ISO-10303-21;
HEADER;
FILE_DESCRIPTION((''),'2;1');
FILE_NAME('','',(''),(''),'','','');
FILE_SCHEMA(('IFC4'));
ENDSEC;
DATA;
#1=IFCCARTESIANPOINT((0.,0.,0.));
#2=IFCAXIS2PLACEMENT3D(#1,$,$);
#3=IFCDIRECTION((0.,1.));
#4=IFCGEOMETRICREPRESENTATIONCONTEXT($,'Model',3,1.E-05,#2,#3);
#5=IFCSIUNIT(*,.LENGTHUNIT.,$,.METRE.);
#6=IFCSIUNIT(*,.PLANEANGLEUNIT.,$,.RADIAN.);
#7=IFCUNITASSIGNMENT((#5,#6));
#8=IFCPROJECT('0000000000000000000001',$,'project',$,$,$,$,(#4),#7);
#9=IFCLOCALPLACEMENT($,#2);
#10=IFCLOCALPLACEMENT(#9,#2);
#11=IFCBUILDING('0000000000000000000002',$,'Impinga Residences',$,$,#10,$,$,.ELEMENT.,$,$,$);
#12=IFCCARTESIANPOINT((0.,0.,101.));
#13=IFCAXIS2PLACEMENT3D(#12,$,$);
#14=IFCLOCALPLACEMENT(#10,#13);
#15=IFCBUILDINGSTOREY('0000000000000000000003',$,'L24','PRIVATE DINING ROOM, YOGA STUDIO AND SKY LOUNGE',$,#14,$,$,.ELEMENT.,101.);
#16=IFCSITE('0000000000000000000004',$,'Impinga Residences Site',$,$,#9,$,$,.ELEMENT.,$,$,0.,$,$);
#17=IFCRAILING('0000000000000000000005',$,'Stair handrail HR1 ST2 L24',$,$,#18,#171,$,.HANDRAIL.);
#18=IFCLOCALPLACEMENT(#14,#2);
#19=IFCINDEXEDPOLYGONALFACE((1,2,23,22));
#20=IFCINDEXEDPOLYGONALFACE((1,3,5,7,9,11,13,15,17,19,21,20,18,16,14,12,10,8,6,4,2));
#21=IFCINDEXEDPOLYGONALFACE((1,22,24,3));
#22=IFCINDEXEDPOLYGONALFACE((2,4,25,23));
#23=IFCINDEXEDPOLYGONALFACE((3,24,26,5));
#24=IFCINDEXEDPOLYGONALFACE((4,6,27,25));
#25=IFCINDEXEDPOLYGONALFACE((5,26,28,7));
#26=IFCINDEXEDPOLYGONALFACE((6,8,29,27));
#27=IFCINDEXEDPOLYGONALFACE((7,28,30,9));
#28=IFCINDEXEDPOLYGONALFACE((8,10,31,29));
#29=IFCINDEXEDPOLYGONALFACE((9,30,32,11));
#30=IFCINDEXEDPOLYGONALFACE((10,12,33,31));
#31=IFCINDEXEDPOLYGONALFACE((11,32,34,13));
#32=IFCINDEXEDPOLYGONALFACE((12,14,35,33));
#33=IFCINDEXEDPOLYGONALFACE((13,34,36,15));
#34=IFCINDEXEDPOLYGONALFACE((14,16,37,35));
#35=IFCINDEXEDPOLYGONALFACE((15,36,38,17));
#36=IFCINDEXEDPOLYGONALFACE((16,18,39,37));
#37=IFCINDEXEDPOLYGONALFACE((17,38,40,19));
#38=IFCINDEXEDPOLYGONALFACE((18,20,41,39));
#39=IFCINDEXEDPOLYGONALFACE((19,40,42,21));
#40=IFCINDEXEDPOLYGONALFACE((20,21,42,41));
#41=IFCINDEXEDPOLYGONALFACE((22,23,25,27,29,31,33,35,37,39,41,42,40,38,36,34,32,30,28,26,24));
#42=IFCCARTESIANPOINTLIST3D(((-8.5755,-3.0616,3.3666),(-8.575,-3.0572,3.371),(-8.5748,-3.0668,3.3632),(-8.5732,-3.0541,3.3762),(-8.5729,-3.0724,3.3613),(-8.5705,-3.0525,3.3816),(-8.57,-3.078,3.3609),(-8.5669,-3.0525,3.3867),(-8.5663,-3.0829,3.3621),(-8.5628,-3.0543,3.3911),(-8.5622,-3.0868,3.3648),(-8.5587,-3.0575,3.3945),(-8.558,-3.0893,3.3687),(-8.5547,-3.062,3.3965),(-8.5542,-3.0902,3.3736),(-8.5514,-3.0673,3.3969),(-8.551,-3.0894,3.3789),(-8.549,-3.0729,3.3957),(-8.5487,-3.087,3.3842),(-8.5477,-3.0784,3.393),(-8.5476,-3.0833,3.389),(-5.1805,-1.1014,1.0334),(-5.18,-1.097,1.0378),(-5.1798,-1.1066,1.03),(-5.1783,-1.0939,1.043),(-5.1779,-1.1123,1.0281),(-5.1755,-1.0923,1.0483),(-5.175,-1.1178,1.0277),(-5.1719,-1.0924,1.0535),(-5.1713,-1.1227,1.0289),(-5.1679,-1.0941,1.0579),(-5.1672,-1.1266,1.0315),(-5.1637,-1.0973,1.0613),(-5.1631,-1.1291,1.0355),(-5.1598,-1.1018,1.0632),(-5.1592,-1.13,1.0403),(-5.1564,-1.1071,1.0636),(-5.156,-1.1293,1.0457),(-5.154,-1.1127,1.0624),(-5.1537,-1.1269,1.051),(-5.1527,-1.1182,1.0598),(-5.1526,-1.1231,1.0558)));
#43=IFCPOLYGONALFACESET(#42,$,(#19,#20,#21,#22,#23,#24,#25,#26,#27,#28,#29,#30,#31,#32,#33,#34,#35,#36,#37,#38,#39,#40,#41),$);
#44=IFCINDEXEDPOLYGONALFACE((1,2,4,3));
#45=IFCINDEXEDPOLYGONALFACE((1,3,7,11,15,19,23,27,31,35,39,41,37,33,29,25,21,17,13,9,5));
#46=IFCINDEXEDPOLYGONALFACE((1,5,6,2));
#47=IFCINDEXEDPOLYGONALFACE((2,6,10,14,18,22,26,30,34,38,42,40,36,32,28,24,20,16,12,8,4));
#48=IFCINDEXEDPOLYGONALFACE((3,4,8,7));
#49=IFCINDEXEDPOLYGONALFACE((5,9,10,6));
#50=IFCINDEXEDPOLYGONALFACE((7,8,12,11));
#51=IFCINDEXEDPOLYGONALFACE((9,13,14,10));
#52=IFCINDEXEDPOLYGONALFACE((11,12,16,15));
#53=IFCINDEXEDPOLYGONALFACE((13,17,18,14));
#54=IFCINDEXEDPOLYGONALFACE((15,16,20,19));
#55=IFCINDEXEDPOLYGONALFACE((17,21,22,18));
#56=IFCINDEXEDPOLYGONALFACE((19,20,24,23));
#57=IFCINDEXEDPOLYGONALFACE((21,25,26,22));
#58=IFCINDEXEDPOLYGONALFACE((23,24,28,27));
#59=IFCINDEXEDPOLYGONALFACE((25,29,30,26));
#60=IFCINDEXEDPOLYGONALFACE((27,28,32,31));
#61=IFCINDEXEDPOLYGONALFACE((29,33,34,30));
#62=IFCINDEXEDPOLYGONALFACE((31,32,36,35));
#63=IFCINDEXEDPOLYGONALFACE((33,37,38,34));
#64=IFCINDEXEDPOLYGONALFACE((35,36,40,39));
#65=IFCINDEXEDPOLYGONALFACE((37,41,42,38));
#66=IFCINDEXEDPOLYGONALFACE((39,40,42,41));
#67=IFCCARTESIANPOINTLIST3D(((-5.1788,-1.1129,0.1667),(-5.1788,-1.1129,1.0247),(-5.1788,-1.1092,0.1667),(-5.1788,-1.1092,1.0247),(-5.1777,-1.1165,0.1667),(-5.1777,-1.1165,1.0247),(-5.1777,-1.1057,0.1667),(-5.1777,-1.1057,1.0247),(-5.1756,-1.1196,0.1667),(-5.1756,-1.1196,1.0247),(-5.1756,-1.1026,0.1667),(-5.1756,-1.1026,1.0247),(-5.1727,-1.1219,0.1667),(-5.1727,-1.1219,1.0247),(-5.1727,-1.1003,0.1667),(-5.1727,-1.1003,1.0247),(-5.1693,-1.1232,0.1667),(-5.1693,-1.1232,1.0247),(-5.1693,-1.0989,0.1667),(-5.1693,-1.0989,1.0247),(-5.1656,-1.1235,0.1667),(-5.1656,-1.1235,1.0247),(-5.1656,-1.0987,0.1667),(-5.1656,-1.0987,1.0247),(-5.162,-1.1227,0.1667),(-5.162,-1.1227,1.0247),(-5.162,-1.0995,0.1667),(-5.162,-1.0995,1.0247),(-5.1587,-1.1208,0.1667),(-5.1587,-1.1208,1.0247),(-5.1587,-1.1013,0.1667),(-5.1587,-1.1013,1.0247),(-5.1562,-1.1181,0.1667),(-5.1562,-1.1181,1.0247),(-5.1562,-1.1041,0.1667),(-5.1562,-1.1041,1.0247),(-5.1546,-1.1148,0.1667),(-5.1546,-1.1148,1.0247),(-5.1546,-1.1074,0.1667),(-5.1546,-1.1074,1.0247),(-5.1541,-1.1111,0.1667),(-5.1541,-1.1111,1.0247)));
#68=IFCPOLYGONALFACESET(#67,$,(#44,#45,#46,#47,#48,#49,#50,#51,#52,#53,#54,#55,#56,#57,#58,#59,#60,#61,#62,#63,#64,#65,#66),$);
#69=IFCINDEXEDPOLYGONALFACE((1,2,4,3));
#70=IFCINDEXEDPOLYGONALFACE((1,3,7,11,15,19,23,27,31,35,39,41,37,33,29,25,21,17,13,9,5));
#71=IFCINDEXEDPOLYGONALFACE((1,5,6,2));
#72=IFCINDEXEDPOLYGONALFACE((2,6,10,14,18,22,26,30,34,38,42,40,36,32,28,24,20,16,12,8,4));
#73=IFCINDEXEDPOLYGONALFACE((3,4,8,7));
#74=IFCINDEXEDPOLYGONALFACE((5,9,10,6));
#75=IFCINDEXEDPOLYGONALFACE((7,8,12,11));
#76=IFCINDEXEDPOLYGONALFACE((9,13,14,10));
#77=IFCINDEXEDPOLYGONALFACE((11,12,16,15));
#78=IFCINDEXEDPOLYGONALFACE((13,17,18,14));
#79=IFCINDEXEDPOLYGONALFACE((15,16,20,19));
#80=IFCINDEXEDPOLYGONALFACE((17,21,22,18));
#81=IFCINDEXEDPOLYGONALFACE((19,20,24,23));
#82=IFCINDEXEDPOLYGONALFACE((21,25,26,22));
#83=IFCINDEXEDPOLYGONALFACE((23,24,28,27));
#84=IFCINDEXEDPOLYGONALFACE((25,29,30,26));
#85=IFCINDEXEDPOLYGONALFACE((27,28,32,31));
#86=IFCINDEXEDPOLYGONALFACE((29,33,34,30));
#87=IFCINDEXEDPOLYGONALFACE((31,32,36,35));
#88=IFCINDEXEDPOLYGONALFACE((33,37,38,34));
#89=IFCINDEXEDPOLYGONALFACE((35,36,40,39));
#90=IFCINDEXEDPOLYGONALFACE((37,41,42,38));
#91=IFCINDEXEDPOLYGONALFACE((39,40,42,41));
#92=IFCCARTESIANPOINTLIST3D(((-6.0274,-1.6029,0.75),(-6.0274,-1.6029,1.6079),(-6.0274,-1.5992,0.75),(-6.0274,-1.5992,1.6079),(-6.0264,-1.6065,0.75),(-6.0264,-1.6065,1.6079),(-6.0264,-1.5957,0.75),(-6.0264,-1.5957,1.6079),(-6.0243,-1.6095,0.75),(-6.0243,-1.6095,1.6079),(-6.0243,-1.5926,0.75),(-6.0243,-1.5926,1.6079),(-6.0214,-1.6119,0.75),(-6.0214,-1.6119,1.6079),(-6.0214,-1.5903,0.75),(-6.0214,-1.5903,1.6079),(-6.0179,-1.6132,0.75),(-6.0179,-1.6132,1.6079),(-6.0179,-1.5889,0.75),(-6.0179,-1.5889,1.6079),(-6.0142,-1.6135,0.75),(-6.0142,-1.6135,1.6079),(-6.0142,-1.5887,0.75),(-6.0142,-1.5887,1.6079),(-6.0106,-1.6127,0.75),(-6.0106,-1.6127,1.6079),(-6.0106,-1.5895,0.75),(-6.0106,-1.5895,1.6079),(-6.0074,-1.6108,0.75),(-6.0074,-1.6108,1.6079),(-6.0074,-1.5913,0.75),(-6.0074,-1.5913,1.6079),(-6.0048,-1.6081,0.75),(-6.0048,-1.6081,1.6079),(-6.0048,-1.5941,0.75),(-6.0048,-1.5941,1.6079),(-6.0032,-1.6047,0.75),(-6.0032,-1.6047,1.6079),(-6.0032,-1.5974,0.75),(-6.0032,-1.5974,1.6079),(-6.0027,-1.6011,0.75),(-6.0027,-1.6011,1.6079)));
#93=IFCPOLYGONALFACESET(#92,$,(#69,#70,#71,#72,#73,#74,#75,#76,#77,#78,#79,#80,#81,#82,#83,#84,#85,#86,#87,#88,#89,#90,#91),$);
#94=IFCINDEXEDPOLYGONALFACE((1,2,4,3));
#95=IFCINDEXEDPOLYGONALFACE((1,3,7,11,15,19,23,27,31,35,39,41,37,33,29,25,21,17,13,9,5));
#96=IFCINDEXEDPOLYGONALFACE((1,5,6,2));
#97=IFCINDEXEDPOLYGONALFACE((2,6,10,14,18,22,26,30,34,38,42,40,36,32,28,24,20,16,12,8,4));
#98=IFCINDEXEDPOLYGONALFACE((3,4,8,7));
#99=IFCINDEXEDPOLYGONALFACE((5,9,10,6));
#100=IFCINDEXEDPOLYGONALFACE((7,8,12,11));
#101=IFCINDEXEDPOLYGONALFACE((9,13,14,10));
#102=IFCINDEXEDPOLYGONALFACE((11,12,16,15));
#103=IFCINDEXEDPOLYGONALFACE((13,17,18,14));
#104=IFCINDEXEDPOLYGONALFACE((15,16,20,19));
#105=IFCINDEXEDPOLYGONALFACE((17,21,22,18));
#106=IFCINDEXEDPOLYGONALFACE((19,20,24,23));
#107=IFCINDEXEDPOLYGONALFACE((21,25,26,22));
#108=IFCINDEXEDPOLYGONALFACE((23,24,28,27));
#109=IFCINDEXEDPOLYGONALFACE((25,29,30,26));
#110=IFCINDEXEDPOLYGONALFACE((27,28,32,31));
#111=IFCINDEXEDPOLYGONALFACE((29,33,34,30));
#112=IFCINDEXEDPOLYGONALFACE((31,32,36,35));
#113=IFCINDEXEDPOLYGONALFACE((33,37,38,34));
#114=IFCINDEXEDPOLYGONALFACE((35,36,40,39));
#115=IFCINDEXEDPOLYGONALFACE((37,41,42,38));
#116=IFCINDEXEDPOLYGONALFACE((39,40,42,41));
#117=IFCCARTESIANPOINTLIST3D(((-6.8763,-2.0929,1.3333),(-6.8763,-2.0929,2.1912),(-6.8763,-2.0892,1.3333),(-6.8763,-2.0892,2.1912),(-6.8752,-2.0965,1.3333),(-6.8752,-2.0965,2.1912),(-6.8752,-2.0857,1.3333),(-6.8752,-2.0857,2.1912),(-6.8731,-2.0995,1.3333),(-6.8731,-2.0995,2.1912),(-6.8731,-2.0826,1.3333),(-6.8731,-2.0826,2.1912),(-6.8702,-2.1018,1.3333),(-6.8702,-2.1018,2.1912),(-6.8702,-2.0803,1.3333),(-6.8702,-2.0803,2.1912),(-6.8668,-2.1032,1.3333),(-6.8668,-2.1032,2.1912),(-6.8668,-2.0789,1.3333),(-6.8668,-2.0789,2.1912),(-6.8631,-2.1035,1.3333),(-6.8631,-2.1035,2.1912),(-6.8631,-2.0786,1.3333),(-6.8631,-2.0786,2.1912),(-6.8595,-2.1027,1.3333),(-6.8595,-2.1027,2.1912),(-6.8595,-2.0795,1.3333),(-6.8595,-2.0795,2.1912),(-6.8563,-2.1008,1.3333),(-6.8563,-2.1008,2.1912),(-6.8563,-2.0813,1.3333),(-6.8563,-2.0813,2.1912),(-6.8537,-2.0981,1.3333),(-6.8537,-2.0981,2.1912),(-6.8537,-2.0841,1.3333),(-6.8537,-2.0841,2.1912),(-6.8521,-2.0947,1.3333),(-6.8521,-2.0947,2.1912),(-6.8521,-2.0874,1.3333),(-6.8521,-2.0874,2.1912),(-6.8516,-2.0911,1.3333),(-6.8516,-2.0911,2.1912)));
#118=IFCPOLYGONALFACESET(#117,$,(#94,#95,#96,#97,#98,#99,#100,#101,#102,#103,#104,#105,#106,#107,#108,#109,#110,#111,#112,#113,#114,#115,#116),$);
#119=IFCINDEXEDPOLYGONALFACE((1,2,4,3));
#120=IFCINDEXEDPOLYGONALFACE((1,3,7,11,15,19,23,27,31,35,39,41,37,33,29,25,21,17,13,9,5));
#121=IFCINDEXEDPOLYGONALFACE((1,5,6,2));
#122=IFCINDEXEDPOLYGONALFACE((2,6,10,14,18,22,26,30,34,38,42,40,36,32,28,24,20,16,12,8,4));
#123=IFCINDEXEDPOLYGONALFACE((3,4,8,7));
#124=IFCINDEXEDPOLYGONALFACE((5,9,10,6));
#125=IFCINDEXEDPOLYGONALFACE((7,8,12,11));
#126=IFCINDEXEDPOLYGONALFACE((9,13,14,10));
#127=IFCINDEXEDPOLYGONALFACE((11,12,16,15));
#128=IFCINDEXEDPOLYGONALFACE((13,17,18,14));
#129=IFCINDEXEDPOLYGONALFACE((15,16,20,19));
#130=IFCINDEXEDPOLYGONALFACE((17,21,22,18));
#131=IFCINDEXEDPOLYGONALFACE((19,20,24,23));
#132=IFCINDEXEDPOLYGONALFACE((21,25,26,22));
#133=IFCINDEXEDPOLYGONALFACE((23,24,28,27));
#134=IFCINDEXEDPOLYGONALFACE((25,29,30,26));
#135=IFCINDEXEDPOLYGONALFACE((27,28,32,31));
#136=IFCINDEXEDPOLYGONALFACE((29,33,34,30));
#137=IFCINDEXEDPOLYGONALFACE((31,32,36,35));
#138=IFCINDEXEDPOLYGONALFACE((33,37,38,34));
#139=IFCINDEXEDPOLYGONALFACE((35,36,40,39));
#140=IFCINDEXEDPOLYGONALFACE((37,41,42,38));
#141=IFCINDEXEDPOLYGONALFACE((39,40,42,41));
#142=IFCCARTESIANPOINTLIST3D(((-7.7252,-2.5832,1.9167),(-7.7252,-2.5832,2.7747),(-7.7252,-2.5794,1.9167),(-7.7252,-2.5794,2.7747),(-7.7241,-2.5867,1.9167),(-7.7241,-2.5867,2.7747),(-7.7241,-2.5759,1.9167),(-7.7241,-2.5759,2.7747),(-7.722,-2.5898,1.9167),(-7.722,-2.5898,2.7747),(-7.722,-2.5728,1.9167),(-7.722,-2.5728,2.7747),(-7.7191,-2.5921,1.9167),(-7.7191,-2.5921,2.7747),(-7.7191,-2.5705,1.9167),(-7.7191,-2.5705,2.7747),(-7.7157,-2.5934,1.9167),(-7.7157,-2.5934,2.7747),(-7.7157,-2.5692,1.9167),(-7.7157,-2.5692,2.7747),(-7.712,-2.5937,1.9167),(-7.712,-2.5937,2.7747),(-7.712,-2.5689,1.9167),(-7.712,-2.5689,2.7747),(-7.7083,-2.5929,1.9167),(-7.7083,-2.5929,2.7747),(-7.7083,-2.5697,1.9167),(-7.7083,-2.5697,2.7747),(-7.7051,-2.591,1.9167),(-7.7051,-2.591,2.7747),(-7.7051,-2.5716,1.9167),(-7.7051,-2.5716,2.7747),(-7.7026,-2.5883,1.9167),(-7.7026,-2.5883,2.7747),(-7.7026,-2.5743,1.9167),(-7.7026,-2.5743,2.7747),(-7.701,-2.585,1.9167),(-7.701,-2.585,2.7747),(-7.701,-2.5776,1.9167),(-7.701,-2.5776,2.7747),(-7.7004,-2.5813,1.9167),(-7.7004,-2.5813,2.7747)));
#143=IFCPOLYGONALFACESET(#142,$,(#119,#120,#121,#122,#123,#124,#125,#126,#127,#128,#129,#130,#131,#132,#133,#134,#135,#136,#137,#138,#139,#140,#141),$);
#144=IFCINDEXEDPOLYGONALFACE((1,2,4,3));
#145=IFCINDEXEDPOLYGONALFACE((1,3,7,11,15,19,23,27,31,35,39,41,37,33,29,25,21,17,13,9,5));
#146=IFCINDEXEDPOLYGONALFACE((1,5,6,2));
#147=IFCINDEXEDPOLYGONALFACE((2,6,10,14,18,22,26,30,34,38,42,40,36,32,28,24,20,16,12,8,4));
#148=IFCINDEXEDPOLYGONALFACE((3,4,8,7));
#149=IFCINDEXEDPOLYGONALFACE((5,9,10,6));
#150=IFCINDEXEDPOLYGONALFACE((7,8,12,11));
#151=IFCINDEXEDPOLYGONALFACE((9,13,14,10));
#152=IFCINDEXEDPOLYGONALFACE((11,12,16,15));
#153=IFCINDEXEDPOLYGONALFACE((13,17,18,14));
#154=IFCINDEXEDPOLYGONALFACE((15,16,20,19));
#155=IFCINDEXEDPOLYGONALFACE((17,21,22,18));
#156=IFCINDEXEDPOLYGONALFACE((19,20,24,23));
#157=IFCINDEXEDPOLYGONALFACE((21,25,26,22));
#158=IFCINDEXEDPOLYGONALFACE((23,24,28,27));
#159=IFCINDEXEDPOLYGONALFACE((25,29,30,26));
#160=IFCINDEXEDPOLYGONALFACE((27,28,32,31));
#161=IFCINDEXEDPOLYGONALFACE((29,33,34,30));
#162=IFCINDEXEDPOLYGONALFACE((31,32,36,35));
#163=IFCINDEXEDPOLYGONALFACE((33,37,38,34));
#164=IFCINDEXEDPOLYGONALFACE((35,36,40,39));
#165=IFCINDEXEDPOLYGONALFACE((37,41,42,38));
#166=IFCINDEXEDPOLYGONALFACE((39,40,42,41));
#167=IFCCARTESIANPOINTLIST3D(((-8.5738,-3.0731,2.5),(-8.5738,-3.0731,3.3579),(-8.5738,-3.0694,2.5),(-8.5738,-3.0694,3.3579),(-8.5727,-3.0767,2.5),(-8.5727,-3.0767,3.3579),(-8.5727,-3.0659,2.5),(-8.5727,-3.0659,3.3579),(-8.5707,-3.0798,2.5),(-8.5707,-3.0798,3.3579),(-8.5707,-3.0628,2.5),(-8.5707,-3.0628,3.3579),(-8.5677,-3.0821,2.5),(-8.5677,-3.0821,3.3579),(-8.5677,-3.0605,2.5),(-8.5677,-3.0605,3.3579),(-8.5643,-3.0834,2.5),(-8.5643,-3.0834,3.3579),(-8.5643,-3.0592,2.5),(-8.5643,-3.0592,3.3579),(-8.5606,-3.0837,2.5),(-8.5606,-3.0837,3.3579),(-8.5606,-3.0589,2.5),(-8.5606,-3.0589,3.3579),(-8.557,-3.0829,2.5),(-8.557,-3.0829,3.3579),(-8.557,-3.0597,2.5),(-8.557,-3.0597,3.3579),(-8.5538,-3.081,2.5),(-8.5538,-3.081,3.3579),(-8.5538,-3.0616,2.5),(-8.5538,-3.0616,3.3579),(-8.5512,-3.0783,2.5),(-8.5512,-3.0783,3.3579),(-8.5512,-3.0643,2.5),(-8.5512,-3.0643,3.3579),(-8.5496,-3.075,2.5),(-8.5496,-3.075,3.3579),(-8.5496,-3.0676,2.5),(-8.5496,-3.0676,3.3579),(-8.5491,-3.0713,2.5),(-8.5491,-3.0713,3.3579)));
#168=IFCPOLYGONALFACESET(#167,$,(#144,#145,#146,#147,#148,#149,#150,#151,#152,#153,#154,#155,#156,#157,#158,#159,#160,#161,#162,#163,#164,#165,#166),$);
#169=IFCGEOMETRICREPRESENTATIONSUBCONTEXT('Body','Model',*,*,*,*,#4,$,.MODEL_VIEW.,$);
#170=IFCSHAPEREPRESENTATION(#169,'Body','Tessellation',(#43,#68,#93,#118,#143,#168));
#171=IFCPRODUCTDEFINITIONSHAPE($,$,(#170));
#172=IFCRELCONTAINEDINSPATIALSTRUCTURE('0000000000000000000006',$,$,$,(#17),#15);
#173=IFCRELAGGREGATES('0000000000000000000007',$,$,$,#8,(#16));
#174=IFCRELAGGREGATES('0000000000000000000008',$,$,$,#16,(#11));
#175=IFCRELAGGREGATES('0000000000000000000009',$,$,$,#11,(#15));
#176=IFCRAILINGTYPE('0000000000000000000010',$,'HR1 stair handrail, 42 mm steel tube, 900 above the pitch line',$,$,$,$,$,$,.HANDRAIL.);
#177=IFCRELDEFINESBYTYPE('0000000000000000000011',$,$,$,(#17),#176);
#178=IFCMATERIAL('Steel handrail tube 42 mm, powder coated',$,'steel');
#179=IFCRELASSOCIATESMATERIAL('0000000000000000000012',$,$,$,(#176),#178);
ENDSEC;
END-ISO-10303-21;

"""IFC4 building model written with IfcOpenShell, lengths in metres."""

from ifc_helpers import new_model, si_unit, direction, frame, origin, origin_2d, place, context, subcontext, project, spatial, circle, extrude, material, type_object, element, save


model = new_model("IFC4")

# Units and contexts
model_context = context("Model", 3, precision=1e-05, world=origin(), true_north=direction((0.0, 1.0)))
body_context = subcontext(model_context, "Body", "Model", "MODEL_VIEW")
ifc_project = project(units=[si_unit("LENGTHUNIT", "METRE"), si_unit("PLANEANGLEUNIT", "RADIAN")], contexts=[model_context])

# Site, building, storey
site_placement = place(None, origin())
site = spatial("IfcSite", under=ifc_project, at=site_placement, Name="Impinga Residences Site", CompositionType="ELEMENT", RefElevation=0.0)
building_placement = place(site_placement, origin())
building = spatial("IfcBuilding", under=site, at=building_placement, Name="Impinga Residences", CompositionType="ELEMENT")
storey_placement = place(building_placement, frame((0.0, 0.0, 101.0)))
storey = spatial("IfcBuildingStorey", under=building, at=storey_placement, Name="L24", Description="PRIVATE DINING ROOM, YOGA STUDIO AND SKY LOUNGE", CompositionType="ELEMENT", Elevation=101.0)

# Railing
ifc_material_1 = material(Name="Steel handrail tube 42 mm, powder coated", Category="steel")
railing_type_1 = type_object("IfcRailingType", Name="HR1 stair handrail, 42 mm steel tube, 900 above the pitch line", PredefinedType="HANDRAIL", material=ifc_material_1)
railing_1_placement = place(storey_placement, frame((-5.1665, -1.1111, 0.1667)))
element("IfcRailing", 1, at=railing_1_placement, inside=storey, type_object=railing_type_1, Name="Stair handrail HR1 ST2 L24", PredefinedType="HANDRAIL", context=body_context, shape_type="SweptSolid", body=[
    extrude(circle(Radius=0.021, at=origin_2d()), frame((0.0, 0.0, 0.8789), z_axis=(-0.744181, -0.429673, 0.511444), x_axis=(0.500017, -0.866016, 0.0)), (0.0, 0.0, 1.0), 4.562),
    extrude(circle(Radius=0.0125, at=origin_2d()), origin(), (0.0, 0.0, 1.0), 0.8579),
    extrude(circle(Radius=0.0125, at=origin_2d()), frame((-0.8486, -0.49, 0.5833)), (0.0, 0.0, 1.0), 0.8579),
    extrude(circle(Radius=0.0125, at=origin_2d()), frame((-1.6975, -0.98, 1.1665)), (0.0, 0.0, 1.0), 0.8579),
    extrude(circle(Radius=0.0125, at=origin_2d()), frame((-2.5464, -1.4702, 1.75)), (0.0, 0.0, 1.0), 0.8579),
    extrude(circle(Radius=0.0125, at=origin_2d()), frame((-3.395, -1.9602, 2.3333)), (0.0, 0.0, 1.0), 0.8579),
])

save(model, "model.ifc")
